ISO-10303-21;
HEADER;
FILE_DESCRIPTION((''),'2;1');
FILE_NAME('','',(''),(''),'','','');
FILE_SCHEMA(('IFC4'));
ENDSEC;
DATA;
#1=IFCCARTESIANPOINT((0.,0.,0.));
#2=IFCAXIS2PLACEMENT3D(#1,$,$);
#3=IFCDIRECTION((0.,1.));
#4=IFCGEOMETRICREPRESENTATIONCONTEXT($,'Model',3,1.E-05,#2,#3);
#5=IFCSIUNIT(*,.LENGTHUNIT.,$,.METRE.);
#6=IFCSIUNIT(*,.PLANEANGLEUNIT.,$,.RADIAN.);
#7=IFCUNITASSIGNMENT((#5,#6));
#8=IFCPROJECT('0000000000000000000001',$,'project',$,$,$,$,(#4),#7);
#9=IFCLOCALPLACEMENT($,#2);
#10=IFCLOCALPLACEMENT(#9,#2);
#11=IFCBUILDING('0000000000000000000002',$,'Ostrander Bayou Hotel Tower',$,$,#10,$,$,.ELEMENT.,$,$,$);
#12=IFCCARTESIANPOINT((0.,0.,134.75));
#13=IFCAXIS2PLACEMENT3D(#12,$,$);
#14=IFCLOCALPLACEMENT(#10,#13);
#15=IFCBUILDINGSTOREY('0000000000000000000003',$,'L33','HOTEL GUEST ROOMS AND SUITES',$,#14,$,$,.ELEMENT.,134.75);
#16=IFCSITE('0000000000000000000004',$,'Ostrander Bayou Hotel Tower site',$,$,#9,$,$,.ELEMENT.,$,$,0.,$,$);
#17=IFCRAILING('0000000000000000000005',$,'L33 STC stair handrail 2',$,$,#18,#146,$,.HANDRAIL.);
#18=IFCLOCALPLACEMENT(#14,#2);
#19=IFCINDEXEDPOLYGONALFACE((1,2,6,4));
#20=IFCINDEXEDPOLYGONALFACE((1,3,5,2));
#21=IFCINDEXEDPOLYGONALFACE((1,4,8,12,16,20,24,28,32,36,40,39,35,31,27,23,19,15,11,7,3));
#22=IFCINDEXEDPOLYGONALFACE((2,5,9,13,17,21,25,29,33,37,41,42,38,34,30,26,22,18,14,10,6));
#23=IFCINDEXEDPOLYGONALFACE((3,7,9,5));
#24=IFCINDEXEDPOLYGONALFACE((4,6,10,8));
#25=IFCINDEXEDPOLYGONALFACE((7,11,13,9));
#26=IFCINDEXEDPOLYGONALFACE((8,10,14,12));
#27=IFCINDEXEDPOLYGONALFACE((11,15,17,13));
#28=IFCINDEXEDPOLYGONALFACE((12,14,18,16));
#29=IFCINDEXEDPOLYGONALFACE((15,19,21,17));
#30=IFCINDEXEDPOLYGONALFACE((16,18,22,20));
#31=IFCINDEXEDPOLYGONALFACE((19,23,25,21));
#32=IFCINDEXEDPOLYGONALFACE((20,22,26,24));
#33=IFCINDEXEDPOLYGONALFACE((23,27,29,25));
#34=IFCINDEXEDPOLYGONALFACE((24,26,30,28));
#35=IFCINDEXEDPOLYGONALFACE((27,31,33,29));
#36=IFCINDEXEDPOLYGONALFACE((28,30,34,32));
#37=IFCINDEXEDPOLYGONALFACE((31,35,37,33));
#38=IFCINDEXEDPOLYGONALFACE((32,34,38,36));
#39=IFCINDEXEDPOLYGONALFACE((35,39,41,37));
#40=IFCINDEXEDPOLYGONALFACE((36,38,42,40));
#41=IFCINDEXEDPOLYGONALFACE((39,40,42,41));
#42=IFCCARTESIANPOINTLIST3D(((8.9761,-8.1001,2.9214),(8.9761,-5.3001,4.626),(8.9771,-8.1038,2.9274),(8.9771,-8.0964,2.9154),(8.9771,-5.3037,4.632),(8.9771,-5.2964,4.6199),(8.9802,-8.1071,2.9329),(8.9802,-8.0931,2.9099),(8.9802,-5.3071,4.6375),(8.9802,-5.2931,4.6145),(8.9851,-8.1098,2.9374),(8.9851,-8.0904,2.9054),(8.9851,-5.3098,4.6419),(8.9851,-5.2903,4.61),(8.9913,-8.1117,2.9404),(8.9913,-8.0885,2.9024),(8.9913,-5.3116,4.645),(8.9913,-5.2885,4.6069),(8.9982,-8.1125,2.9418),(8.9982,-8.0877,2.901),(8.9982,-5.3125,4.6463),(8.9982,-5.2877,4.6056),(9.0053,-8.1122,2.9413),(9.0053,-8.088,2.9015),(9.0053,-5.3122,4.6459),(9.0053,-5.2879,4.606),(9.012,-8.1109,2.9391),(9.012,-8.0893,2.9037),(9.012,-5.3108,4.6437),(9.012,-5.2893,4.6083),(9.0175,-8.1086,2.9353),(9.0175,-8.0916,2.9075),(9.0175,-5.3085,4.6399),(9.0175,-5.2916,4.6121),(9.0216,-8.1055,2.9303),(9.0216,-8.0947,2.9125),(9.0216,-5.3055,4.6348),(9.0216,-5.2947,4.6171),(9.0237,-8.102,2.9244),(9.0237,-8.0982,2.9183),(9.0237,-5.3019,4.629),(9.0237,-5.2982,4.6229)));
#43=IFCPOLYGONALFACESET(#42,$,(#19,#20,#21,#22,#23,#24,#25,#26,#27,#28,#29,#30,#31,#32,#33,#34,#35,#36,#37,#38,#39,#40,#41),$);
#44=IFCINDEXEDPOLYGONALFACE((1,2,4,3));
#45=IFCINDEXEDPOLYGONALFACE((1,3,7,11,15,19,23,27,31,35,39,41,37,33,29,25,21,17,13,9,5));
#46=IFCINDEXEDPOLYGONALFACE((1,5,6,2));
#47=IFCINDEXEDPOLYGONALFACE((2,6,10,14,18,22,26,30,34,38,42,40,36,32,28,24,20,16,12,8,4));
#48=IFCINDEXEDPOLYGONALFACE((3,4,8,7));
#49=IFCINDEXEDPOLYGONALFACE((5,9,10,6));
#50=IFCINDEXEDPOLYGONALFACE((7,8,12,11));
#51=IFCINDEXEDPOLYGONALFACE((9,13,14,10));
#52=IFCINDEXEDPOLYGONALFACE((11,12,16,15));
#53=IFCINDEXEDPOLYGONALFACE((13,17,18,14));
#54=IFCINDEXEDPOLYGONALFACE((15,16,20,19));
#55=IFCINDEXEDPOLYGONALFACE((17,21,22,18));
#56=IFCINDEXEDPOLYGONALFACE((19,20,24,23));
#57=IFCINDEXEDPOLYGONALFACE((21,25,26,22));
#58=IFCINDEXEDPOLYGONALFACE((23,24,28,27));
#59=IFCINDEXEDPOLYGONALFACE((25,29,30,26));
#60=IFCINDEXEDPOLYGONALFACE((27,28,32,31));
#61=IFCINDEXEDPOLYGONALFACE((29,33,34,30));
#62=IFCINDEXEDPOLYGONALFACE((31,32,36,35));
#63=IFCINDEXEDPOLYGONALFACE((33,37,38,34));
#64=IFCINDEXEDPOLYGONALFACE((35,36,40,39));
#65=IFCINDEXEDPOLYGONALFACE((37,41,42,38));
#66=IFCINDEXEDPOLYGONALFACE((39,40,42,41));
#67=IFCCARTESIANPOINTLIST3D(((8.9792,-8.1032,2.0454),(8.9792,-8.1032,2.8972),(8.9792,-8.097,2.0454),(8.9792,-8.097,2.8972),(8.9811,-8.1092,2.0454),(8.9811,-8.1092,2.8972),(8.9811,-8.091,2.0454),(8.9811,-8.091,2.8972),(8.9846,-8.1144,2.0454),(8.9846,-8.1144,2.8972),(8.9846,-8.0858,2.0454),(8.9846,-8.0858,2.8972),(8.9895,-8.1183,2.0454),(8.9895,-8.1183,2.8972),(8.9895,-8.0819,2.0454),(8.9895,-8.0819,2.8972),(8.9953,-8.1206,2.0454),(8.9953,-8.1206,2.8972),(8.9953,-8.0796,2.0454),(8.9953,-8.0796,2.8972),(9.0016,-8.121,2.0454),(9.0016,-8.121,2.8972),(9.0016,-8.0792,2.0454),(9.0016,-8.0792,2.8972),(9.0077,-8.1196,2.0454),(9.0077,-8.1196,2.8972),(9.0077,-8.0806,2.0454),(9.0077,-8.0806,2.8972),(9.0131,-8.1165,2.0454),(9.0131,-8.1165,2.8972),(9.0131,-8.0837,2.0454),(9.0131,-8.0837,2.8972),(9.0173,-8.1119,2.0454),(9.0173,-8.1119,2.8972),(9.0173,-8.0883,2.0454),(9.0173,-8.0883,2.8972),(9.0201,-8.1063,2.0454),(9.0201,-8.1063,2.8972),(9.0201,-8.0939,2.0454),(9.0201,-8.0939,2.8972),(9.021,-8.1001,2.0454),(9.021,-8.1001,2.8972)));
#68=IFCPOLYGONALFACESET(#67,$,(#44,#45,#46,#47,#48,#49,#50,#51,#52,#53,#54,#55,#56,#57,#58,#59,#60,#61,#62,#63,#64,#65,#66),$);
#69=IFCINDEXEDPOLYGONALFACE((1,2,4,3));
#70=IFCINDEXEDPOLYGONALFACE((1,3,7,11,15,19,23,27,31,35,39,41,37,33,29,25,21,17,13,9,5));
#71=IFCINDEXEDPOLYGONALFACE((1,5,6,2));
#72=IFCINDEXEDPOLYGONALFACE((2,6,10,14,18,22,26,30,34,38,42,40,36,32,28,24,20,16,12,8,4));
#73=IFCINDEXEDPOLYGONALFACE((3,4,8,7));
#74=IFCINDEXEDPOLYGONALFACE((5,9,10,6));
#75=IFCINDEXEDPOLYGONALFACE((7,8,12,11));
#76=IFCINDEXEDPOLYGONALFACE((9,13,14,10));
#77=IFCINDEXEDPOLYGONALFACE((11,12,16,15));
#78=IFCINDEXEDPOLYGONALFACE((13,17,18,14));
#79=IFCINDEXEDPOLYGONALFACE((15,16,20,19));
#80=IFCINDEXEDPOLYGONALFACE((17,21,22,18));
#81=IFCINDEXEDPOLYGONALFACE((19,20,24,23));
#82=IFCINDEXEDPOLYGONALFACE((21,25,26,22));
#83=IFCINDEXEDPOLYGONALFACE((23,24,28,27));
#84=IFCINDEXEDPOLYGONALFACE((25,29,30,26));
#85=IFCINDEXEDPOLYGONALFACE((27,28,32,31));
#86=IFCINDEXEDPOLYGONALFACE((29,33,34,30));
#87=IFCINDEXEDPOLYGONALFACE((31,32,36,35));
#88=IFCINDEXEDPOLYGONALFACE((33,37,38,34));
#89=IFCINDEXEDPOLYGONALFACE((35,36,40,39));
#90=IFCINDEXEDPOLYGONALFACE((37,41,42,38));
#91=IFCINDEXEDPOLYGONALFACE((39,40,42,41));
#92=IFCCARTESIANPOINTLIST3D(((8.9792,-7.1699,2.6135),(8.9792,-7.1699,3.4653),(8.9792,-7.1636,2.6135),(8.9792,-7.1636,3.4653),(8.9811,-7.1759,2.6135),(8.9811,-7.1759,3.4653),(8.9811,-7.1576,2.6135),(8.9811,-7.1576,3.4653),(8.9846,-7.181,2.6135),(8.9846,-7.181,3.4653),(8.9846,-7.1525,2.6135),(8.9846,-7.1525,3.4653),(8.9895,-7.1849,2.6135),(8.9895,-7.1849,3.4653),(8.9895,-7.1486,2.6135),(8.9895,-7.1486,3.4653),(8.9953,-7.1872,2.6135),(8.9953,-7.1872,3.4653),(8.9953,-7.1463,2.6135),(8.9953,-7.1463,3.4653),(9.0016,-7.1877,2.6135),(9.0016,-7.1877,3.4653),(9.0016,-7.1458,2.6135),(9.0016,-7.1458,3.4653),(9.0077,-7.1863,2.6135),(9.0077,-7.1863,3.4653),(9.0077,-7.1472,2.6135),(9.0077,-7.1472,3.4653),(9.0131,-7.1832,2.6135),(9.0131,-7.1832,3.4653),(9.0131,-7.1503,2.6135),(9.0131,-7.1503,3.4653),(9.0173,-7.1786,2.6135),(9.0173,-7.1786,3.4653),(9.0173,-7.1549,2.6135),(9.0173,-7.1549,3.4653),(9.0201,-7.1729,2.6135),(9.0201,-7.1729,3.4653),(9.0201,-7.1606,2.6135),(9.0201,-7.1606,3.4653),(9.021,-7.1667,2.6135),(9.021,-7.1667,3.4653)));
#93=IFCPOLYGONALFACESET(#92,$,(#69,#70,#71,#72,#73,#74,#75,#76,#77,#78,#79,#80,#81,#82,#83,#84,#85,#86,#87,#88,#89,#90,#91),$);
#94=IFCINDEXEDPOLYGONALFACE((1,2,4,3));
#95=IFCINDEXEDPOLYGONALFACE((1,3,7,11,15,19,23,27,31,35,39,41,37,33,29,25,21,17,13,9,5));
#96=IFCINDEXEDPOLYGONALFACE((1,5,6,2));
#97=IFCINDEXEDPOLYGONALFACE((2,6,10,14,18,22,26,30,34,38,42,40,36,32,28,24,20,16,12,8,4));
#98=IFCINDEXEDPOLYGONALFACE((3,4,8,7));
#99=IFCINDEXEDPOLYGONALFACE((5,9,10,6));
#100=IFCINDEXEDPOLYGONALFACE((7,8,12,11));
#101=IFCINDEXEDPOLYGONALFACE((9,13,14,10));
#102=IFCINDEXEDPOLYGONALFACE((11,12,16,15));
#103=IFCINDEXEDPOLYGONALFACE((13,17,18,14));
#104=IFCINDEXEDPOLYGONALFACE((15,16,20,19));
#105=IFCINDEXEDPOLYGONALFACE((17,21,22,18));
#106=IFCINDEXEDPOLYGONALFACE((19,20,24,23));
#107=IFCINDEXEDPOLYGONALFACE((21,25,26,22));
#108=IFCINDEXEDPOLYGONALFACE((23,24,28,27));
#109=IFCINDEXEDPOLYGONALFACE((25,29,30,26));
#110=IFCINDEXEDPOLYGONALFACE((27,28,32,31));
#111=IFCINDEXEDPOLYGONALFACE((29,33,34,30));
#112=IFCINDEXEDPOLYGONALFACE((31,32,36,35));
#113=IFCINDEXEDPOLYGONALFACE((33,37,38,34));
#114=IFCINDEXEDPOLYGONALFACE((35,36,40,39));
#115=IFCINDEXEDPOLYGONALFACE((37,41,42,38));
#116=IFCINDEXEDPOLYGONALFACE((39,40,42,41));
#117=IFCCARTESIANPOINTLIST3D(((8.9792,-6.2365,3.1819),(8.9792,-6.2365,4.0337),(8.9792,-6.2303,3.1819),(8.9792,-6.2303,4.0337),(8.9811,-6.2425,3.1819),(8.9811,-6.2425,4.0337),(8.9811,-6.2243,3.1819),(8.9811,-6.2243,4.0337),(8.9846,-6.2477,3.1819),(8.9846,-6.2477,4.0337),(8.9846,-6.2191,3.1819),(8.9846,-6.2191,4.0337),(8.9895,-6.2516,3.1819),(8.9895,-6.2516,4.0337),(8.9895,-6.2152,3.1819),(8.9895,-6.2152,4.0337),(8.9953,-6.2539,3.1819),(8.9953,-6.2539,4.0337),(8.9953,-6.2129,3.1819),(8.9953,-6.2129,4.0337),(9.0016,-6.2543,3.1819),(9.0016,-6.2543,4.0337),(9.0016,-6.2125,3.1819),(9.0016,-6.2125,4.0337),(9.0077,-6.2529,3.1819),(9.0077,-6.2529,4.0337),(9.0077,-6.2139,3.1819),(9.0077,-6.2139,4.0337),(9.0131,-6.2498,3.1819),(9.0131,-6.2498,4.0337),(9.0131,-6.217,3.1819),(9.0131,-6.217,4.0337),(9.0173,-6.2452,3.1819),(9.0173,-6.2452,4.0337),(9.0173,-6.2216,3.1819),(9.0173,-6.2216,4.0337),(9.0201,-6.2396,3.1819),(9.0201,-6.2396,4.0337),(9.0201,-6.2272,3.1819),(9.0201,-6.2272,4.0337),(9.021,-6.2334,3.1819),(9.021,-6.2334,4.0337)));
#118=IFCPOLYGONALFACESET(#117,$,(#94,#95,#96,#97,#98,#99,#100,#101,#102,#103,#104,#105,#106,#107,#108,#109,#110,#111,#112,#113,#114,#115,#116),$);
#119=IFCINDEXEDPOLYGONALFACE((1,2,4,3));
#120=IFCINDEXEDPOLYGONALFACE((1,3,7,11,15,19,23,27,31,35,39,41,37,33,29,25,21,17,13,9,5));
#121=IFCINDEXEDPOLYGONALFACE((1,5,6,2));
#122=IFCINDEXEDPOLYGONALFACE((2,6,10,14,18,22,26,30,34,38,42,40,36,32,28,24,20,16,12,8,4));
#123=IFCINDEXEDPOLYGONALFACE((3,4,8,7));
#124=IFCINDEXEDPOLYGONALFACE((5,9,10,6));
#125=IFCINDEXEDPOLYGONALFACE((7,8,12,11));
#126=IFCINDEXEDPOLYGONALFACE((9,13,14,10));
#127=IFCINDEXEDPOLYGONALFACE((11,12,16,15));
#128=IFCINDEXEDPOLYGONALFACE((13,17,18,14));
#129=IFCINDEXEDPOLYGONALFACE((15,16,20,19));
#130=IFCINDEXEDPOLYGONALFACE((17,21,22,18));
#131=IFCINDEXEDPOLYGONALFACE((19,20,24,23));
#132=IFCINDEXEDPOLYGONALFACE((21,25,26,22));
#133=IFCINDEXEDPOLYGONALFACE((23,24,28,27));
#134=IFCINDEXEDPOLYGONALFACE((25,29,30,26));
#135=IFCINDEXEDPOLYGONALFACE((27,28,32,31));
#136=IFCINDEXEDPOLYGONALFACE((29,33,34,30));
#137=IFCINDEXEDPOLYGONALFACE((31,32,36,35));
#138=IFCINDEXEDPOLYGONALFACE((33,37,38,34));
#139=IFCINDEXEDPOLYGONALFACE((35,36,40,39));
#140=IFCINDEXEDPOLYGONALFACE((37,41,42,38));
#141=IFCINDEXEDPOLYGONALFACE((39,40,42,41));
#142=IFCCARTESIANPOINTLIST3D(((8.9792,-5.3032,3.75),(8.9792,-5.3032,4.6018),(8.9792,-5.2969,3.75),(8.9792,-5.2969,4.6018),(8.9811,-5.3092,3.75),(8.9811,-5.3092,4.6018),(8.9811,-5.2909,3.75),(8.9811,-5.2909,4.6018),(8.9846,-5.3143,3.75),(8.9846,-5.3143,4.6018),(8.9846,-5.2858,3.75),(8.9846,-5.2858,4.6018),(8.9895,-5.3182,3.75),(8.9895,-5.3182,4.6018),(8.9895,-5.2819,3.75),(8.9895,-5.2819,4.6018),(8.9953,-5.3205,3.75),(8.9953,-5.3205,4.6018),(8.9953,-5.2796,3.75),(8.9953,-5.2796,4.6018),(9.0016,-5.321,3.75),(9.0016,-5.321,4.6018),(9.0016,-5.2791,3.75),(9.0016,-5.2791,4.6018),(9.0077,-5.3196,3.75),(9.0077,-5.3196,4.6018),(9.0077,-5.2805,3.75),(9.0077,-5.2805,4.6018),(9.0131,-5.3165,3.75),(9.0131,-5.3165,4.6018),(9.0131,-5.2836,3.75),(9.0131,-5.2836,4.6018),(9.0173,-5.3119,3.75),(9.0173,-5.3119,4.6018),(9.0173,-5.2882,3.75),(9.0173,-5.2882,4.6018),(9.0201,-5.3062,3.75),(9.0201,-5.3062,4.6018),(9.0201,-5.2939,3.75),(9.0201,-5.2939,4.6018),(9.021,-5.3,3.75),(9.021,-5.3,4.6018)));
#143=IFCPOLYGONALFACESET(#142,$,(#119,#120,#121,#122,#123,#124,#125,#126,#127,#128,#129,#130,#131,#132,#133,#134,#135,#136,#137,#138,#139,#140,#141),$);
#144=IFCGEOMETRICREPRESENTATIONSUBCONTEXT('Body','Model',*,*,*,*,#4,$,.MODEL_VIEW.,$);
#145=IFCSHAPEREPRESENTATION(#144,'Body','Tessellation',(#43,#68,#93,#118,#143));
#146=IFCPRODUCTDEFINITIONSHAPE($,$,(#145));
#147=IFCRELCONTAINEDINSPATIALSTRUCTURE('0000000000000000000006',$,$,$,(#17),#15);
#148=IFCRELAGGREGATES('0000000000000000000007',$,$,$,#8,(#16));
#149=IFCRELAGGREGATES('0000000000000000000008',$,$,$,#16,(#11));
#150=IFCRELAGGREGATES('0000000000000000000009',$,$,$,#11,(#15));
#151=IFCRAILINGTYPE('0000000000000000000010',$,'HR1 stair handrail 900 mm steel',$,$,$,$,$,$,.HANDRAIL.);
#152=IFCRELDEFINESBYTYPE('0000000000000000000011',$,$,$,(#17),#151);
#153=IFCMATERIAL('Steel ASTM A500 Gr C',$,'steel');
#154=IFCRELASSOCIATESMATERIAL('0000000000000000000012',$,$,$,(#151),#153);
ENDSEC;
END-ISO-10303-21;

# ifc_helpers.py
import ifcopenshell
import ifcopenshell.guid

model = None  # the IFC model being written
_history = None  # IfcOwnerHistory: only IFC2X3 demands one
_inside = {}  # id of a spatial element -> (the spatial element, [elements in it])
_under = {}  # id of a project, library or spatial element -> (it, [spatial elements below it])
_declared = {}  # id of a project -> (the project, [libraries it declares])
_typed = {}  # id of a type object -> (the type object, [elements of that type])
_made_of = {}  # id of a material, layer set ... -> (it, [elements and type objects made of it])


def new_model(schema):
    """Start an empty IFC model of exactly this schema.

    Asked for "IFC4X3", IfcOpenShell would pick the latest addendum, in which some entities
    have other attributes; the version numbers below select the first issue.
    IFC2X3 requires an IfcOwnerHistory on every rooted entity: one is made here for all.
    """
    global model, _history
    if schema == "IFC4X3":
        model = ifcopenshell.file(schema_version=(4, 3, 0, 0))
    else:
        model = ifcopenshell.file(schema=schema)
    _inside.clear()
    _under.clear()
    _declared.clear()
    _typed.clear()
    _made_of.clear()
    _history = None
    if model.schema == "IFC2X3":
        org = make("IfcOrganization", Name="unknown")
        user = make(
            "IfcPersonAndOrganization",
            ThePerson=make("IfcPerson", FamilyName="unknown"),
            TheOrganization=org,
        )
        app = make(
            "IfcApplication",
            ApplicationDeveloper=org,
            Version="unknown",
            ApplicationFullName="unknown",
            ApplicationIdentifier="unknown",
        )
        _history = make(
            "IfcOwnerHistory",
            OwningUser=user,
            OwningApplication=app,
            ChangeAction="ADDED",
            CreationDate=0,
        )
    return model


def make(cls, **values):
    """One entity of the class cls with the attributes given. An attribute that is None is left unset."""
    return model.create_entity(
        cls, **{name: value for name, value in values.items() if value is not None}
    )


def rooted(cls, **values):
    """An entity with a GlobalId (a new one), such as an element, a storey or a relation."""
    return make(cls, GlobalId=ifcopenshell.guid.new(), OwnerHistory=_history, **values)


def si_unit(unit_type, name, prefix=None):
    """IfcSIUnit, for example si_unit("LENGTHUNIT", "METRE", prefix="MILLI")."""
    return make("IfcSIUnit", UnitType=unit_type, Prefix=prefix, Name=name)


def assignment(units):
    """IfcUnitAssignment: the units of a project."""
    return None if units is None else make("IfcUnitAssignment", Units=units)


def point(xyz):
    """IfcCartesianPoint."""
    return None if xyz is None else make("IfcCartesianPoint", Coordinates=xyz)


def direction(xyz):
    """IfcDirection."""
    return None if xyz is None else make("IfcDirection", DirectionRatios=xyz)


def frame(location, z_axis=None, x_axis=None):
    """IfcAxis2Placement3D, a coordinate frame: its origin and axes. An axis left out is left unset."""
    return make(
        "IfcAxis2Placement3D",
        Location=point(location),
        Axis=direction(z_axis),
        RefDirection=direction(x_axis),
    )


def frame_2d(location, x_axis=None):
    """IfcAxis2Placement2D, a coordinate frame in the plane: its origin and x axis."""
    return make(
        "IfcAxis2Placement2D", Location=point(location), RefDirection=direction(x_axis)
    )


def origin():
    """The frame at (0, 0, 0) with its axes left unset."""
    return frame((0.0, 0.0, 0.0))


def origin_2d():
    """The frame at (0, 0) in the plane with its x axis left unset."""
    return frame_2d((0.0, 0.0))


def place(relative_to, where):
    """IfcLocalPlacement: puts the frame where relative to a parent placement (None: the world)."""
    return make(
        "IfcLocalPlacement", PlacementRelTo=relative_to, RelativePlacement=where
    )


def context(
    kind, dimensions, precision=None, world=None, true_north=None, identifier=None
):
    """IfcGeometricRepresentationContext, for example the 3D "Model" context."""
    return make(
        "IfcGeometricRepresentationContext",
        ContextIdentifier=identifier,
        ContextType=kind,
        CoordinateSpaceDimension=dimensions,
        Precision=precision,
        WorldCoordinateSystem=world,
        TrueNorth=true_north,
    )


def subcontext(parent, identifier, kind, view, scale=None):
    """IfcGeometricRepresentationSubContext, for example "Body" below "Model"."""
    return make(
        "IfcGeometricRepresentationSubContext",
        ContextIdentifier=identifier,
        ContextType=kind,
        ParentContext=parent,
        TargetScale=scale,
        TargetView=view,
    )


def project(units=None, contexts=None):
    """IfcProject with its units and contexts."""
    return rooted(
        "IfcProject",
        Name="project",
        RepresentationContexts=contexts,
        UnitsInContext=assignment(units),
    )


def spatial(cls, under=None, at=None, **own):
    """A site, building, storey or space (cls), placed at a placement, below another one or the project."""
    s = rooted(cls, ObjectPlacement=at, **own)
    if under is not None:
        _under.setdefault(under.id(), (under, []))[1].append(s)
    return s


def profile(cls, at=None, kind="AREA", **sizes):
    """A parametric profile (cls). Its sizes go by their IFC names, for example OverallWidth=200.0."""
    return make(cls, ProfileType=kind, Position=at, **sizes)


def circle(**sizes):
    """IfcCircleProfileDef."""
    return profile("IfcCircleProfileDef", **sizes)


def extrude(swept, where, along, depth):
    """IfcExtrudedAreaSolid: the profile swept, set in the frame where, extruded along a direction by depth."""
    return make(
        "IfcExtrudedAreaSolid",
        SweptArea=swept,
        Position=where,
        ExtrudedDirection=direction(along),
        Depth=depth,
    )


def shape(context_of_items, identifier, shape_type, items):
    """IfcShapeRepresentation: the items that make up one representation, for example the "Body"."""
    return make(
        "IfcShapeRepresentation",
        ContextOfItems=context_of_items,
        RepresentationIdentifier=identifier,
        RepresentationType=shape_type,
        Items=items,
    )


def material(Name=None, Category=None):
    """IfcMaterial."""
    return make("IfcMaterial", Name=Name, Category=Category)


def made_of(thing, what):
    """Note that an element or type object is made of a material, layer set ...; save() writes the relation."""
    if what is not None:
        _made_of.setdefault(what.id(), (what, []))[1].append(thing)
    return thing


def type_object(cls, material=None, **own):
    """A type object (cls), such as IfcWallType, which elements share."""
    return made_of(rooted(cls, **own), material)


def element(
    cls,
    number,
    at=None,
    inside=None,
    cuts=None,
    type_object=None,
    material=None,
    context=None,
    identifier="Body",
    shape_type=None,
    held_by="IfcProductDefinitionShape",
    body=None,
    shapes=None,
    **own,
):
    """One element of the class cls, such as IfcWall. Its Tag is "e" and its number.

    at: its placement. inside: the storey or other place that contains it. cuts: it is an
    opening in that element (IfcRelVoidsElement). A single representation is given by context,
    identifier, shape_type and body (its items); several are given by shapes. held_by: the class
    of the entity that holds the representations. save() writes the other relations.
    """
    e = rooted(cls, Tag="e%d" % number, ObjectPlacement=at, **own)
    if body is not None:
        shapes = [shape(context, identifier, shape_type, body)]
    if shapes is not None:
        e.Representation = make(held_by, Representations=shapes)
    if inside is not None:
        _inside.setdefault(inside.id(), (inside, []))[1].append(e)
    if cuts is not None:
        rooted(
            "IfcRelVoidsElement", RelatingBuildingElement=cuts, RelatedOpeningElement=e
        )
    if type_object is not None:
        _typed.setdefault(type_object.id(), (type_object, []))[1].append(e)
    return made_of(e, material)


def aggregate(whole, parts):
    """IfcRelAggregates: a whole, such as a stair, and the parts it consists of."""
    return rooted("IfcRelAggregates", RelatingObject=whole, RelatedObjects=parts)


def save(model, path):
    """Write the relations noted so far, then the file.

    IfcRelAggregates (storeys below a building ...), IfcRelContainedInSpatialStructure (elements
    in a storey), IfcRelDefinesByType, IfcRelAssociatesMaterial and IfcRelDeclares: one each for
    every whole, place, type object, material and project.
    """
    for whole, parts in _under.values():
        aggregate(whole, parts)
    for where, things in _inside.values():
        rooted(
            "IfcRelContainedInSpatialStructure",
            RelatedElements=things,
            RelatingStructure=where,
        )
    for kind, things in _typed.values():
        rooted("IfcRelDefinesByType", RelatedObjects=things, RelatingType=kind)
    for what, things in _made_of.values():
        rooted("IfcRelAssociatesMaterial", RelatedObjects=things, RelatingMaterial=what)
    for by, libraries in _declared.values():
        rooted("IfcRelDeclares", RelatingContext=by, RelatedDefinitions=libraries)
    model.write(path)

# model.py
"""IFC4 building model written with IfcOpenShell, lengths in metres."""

from ifc_helpers import new_model, si_unit, direction, frame, origin, origin_2d, place, context, subcontext, project, spatial, circle, extrude, material, type_object, element, save


model = new_model("IFC4")

# Units and contexts
model_context = context("Model", 3, precision=1e-05, world=origin(), true_north=direction((0.0, 1.0)))
body_context = subcontext(model_context, "Body", "Model", "MODEL_VIEW")
ifc_project = project(units=[si_unit("LENGTHUNIT", "METRE"), si_unit("PLANEANGLEUNIT", "RADIAN")], contexts=[model_context])

# Site, building, storey
site_placement = place(None, origin())
site = spatial("IfcSite", under=ifc_project, at=site_placement, Name="Ostrander Bayou Hotel Tower site", CompositionType="ELEMENT", RefElevation=0.0)
building_placement = place(site_placement, origin())
building = spatial("IfcBuilding", under=site, at=building_placement, Name="Ostrander Bayou Hotel Tower", CompositionType="ELEMENT")
storey_placement = place(building_placement, frame((0.0, 0.0, 134.75)))
storey = spatial("IfcBuildingStorey", under=building, at=storey_placement, Name="L33", Description="HOTEL GUEST ROOMS AND SUITES", CompositionType="ELEMENT", Elevation=134.75)

# Railing
ifc_material_1 = material(Name="Steel ASTM A500 Gr C", Category="steel")
railing_type_1 = type_object("IfcRailingType", Name="HR1 stair handrail 900 mm steel", PredefinedType="HANDRAIL", material=ifc_material_1)
railing_1_placement = place(storey_placement, frame((9.0, -8.1001, 2.0454)))
element("IfcRailing", 1, at=railing_1_placement, inside=storey, type_object=railing_type_1, Name="L33 STC stair handrail 2", PredefinedType="HANDRAIL", context=body_context, shape_type="SweptSolid", body=[
    extrude(circle(Radius=0.0239, at=origin_2d()), frame((0.0, 0.0, 0.876), z_axis=(0.0, 0.85417, 0.519994), x_axis=(-1.0, 0.0, 0.0)), (0.0, 0.0, 1.0), 3.2781),
    extrude(circle(Radius=0.021, at=origin_2d()), origin(), (0.0, 0.0, 1.0), 0.8518),
    extrude(circle(Radius=0.021, at=origin_2d()), frame((0.0, 0.9333, 0.5681)), (0.0, 0.0, 1.0), 0.8518),
    extrude(circle(Radius=0.021, at=origin_2d()), frame((0.0, 1.8667, 1.1365)), (0.0, 0.0, 1.0), 0.8518),
    extrude(circle(Radius=0.021, at=origin_2d()), frame((0.0, 2.8, 1.7046)), (0.0, 0.0, 1.0), 0.8518),
])

save(model, "model.ifc")
